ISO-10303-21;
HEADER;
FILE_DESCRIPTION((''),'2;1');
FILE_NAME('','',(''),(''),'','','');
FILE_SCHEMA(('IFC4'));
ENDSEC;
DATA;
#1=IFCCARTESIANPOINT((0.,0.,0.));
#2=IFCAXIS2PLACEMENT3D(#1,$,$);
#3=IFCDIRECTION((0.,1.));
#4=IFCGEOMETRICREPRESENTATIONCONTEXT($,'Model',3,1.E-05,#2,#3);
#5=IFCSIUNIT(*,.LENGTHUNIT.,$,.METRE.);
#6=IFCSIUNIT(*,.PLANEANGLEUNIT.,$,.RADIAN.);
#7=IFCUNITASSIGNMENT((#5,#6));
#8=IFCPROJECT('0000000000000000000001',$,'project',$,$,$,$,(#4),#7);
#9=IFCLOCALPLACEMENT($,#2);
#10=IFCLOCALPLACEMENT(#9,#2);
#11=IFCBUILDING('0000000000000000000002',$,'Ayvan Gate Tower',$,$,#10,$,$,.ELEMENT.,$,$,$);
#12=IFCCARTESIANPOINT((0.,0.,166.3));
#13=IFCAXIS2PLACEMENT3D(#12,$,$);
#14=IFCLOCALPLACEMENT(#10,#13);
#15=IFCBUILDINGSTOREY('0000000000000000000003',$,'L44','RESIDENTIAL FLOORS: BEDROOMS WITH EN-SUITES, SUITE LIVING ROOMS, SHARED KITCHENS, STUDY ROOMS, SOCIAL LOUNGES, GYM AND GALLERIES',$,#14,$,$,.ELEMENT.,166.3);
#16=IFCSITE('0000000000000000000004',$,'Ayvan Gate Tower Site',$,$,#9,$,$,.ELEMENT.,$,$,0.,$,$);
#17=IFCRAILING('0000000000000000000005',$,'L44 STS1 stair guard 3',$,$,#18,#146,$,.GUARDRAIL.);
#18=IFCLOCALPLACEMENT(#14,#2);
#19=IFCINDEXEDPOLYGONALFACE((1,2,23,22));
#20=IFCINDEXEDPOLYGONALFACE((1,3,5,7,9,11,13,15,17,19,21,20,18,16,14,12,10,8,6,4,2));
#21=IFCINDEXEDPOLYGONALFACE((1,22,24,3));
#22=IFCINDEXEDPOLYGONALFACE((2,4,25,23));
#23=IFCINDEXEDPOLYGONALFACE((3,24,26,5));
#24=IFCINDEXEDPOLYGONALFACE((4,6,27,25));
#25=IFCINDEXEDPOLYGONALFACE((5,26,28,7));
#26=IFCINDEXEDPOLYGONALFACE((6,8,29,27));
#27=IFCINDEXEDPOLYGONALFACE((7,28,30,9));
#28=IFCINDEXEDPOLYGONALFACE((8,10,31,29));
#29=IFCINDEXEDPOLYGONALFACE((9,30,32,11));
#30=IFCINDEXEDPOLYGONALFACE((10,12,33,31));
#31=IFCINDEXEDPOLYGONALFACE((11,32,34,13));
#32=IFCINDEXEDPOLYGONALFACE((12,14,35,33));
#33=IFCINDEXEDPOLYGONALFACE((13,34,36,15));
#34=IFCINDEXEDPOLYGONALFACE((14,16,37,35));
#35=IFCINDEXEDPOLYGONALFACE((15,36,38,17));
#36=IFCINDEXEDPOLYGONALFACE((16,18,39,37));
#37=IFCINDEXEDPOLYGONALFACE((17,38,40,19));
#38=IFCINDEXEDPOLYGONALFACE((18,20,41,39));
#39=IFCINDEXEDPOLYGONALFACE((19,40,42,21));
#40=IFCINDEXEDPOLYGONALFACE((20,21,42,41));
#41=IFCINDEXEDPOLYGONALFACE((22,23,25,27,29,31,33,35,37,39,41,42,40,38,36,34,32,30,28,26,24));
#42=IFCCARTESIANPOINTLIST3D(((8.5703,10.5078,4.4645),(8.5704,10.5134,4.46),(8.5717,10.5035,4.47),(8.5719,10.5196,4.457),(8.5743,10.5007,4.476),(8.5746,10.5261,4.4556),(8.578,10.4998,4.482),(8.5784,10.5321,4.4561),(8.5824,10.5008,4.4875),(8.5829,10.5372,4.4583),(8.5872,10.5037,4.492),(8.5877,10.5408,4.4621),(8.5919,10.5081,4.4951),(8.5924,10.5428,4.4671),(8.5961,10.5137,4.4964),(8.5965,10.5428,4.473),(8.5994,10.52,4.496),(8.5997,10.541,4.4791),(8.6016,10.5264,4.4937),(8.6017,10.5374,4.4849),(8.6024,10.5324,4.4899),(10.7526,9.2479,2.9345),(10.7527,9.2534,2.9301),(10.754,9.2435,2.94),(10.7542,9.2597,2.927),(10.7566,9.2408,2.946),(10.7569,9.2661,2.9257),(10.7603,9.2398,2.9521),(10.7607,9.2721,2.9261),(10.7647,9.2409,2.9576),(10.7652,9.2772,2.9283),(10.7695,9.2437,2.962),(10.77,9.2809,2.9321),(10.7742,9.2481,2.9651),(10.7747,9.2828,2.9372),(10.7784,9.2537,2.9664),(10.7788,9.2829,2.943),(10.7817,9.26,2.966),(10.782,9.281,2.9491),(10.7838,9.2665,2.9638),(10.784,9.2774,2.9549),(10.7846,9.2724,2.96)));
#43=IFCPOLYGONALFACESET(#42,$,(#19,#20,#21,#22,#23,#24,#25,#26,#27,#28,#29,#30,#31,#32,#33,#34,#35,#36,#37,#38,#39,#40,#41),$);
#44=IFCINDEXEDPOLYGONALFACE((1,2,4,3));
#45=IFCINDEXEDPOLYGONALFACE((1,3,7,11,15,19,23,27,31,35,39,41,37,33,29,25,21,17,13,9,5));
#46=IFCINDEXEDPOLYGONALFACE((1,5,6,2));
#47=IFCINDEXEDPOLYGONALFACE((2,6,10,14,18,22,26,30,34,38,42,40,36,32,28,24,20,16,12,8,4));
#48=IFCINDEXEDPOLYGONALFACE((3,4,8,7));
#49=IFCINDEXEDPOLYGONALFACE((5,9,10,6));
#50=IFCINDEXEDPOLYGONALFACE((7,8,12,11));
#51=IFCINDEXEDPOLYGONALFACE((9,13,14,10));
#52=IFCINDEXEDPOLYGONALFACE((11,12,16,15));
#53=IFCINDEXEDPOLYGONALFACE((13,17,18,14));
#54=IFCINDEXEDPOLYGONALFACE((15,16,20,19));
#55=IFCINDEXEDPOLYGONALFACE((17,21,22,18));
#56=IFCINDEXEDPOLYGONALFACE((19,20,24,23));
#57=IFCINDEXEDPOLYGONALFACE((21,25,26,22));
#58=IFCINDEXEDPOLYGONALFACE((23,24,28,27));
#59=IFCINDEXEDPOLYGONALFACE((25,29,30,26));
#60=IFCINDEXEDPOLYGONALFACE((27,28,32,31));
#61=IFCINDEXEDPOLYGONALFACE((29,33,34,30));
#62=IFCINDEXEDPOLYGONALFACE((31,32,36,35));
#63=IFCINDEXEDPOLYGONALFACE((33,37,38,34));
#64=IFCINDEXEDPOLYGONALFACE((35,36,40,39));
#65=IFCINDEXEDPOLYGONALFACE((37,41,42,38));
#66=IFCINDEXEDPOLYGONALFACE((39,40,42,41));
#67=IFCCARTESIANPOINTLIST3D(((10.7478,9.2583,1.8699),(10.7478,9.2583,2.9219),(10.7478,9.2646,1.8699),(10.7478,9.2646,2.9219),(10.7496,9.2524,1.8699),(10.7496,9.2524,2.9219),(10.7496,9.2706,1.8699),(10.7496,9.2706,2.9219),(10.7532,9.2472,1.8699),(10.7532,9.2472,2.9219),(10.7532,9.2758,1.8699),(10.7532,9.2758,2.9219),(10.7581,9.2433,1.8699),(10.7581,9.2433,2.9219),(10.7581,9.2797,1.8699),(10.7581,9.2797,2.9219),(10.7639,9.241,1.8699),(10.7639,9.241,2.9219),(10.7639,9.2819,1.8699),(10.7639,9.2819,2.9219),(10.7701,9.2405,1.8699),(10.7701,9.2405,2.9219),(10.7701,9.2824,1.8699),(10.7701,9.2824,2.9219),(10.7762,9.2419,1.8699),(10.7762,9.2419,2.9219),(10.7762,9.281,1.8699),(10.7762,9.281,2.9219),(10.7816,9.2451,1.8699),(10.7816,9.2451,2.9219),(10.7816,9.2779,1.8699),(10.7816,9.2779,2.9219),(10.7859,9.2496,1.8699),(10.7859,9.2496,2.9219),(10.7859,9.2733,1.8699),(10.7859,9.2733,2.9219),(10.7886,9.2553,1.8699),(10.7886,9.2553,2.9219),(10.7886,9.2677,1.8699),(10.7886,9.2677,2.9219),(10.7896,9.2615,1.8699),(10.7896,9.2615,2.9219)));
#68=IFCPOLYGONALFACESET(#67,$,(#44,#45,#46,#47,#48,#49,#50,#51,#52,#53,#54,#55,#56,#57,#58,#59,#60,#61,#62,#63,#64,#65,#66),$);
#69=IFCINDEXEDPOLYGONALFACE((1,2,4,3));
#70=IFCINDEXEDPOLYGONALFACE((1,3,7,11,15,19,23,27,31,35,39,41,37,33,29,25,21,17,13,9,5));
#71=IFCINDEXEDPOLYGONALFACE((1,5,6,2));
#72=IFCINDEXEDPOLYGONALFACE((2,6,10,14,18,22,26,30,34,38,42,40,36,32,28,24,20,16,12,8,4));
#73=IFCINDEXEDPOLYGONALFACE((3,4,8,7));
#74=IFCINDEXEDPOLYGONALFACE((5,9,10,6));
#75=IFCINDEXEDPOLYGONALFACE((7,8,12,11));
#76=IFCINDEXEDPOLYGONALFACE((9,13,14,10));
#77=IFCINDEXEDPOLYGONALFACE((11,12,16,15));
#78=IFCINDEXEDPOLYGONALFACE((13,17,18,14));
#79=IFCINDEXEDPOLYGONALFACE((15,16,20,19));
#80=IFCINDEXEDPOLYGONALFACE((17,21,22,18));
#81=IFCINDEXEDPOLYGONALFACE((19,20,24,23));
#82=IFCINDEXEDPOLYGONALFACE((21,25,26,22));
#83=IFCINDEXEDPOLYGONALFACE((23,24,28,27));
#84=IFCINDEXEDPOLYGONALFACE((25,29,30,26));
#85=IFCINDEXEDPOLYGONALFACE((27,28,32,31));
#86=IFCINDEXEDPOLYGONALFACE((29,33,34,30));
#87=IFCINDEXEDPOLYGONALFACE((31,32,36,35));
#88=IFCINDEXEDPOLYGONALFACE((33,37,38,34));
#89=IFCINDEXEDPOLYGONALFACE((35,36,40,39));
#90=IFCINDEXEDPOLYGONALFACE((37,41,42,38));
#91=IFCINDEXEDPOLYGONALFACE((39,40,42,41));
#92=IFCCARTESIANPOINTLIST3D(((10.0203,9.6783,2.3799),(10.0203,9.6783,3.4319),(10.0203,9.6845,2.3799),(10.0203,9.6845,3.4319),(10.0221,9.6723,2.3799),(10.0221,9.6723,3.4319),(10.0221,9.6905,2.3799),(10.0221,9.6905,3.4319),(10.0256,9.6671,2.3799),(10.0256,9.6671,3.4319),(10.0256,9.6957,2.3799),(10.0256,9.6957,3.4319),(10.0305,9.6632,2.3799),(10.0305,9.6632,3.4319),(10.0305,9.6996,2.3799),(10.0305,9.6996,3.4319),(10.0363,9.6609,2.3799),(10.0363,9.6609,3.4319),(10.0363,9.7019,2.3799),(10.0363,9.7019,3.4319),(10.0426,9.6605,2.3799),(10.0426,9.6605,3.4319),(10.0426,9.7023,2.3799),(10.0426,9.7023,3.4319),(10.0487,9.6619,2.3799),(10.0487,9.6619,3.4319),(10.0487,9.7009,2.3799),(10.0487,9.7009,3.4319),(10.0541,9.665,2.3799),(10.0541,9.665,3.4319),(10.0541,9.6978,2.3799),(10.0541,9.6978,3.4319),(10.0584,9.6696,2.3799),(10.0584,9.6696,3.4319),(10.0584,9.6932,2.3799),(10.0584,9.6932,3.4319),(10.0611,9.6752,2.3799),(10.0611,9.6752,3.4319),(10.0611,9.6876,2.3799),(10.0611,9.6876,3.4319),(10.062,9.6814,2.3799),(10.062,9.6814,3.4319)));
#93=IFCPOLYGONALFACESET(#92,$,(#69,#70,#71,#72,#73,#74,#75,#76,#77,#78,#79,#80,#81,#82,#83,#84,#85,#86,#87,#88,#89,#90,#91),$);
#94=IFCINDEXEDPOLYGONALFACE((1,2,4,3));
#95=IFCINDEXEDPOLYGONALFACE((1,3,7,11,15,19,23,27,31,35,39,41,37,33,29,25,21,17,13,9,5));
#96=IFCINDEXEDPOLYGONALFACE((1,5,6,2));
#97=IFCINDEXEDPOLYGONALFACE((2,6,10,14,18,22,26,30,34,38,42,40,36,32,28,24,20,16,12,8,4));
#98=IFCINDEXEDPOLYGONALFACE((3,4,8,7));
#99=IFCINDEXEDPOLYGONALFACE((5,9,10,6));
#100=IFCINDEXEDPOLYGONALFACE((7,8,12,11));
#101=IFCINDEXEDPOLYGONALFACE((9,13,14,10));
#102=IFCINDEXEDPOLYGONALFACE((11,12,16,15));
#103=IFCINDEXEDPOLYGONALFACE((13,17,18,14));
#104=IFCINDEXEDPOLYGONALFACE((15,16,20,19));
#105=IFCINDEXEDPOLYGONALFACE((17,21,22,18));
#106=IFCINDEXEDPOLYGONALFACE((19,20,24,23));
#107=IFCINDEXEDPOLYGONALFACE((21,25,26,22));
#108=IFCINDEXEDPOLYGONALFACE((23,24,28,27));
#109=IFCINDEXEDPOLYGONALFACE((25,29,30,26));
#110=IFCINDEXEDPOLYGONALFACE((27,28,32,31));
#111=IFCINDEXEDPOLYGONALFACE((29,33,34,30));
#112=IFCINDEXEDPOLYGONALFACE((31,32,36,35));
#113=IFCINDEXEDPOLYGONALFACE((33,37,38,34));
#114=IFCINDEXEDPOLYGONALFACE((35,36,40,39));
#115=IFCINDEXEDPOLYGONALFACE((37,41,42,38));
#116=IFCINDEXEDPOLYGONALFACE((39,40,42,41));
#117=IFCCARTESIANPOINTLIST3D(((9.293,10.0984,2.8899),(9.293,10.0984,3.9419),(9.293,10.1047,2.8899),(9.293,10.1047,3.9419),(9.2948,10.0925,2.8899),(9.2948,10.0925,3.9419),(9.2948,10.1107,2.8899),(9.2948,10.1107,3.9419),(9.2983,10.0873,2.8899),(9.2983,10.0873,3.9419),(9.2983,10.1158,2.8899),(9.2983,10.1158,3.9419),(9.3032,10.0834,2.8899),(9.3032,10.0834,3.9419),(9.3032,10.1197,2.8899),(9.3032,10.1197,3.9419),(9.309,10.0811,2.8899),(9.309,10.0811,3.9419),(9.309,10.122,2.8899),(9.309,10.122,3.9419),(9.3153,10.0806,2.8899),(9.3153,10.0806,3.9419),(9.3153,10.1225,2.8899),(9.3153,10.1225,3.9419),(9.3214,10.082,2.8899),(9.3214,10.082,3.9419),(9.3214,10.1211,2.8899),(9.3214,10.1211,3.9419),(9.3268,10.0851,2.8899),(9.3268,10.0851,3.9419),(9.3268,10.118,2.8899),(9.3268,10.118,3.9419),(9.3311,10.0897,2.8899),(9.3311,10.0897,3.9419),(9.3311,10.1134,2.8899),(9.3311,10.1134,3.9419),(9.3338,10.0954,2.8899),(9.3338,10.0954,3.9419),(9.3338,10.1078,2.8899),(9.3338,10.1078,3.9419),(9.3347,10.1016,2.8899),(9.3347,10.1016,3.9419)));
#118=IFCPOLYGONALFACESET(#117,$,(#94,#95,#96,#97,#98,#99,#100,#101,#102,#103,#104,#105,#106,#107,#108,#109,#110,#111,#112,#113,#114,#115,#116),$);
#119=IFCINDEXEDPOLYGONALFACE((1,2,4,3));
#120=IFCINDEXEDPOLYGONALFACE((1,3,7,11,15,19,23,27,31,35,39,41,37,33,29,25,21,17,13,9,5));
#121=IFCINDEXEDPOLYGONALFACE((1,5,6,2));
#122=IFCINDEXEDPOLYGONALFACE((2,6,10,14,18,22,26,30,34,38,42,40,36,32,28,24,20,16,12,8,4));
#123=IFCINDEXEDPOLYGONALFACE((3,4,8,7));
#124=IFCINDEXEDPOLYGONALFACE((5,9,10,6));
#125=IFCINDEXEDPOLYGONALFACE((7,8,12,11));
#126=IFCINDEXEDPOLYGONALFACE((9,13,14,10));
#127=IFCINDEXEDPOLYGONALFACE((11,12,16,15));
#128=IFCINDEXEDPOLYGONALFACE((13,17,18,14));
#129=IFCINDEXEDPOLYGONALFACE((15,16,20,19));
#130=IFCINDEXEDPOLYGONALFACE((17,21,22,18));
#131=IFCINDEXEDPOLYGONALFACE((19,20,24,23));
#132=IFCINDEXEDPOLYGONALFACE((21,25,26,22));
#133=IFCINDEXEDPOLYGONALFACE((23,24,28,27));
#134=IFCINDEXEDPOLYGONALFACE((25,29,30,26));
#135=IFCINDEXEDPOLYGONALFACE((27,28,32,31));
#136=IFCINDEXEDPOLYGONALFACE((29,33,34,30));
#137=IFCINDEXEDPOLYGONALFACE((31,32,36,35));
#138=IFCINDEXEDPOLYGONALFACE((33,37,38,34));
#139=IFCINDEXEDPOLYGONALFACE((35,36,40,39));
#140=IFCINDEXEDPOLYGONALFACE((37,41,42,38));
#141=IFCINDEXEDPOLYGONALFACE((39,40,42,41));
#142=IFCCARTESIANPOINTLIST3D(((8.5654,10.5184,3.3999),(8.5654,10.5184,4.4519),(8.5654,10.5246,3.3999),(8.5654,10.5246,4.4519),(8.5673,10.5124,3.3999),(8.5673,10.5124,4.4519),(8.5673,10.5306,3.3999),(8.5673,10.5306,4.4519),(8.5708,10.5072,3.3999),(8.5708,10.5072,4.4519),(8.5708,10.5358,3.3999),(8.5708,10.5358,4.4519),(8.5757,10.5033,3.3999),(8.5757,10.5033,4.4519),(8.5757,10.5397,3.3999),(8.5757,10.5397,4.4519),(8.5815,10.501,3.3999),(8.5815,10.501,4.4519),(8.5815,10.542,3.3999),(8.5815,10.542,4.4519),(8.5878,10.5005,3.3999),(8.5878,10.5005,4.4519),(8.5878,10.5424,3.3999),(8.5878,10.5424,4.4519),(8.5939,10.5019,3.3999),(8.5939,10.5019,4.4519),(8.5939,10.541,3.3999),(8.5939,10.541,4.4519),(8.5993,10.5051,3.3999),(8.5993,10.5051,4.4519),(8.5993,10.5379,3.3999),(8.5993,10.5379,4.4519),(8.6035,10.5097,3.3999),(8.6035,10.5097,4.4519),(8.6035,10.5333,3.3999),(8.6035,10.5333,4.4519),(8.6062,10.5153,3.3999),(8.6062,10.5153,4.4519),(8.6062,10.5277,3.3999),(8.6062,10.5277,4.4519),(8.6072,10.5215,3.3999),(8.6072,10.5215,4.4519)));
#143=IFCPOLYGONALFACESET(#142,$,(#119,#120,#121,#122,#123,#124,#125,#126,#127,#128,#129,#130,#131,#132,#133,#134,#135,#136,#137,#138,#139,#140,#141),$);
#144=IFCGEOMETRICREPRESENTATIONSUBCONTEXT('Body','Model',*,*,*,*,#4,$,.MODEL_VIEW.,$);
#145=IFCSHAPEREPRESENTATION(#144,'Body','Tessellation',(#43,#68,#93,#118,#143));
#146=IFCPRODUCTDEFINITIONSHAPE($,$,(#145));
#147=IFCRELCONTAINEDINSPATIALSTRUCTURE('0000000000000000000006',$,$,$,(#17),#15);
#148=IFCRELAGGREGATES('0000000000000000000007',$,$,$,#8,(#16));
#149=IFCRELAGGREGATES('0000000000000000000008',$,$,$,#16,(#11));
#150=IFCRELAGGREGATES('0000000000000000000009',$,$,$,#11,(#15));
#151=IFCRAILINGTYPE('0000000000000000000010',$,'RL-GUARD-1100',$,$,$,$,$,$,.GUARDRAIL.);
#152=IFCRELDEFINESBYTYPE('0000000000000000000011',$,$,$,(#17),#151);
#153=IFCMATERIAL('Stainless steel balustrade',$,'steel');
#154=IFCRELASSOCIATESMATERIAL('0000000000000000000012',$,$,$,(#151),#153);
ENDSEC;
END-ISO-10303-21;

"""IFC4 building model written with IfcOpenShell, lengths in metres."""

from ifc_helpers import new_model, si_unit, direction, frame, origin, origin_2d, place, context, subcontext, project, spatial, circle, extrude, material, type_object, element, save


model = new_model("IFC4")

# Units and contexts
model_context = context("Model", 3, precision=1e-05, world=origin(), true_north=direction((0.0, 1.0)))
body_context = subcontext(model_context, "Body", "Model", "MODEL_VIEW")
ifc_project = project(units=[si_unit("LENGTHUNIT", "METRE"), si_unit("PLANEANGLEUNIT", "RADIAN")], contexts=[model_context])

# Site, building, storey
site_placement = place(None, origin())
site = spatial("IfcSite", under=ifc_project, at=site_placement, Name="Ayvan Gate Tower Site", CompositionType="ELEMENT", RefElevation=0.0)
building_placement = place(site_placement, origin())
building = spatial("IfcBuilding", under=site, at=building_placement, Name="Ayvan Gate Tower", CompositionType="ELEMENT")
storey_placement = place(building_placement, frame((0.0, 0.0, 166.3)))
storey = spatial("IfcBuildingStorey", under=building, at=storey_placement, Name="L44", Description="RESIDENTIAL FLOORS: BEDROOMS WITH EN-SUITES, SUITE LIVING ROOMS, SHARED KITCHENS, STUDY ROOMS, SOCIAL LOUNGES, GYM AND GALLERIES", CompositionType="ELEMENT", Elevation=166.3)

# Railing
ifc_material_1 = material(Name="Stainless steel balustrade", Category="steel")
railing_type_1 = type_object("IfcRailingType", Name="RL-GUARD-1100", PredefinedType="GUARDRAIL", material=ifc_material_1)
railing_1_placement = place(storey_placement, frame((10.7686, 9.2615, 1.8699)))
element("IfcRailing", 1, at=railing_1_placement, inside=storey, type_object=railing_type_1, Name="L44 STS1 stair guard 3", PredefinedType="GUARDRAIL", context=body_context, shape_type="SweptSolid", body=[
    extrude(circle(Radius=0.0239, at=origin_2d()), frame((0.0, 0.0, 1.0762), z_axis=(-0.740261, 0.427395, 0.518986), x_axis=(-0.500005, -0.866023, 0.0)), (0.0, 0.0, 1.0), 2.948),
    extrude(circle(Radius=0.021, at=origin_2d()), origin(), (0.0, 0.0, 1.0), 1.052),
    extrude(circle(Radius=0.021, at=origin_2d()), frame((-0.7275, 0.4199, 0.51)), (0.0, 0.0, 1.0), 1.052),
    extrude(circle(Radius=0.021, at=origin_2d()), frame((-1.4548, 0.8401, 1.02)), (0.0, 0.0, 1.0), 1.052),
    extrude(circle(Radius=0.021, at=origin_2d()), frame((-2.1824, 1.26, 1.53)), (0.0, 0.0, 1.0), 1.052),
])

save(model, "model.ifc")
